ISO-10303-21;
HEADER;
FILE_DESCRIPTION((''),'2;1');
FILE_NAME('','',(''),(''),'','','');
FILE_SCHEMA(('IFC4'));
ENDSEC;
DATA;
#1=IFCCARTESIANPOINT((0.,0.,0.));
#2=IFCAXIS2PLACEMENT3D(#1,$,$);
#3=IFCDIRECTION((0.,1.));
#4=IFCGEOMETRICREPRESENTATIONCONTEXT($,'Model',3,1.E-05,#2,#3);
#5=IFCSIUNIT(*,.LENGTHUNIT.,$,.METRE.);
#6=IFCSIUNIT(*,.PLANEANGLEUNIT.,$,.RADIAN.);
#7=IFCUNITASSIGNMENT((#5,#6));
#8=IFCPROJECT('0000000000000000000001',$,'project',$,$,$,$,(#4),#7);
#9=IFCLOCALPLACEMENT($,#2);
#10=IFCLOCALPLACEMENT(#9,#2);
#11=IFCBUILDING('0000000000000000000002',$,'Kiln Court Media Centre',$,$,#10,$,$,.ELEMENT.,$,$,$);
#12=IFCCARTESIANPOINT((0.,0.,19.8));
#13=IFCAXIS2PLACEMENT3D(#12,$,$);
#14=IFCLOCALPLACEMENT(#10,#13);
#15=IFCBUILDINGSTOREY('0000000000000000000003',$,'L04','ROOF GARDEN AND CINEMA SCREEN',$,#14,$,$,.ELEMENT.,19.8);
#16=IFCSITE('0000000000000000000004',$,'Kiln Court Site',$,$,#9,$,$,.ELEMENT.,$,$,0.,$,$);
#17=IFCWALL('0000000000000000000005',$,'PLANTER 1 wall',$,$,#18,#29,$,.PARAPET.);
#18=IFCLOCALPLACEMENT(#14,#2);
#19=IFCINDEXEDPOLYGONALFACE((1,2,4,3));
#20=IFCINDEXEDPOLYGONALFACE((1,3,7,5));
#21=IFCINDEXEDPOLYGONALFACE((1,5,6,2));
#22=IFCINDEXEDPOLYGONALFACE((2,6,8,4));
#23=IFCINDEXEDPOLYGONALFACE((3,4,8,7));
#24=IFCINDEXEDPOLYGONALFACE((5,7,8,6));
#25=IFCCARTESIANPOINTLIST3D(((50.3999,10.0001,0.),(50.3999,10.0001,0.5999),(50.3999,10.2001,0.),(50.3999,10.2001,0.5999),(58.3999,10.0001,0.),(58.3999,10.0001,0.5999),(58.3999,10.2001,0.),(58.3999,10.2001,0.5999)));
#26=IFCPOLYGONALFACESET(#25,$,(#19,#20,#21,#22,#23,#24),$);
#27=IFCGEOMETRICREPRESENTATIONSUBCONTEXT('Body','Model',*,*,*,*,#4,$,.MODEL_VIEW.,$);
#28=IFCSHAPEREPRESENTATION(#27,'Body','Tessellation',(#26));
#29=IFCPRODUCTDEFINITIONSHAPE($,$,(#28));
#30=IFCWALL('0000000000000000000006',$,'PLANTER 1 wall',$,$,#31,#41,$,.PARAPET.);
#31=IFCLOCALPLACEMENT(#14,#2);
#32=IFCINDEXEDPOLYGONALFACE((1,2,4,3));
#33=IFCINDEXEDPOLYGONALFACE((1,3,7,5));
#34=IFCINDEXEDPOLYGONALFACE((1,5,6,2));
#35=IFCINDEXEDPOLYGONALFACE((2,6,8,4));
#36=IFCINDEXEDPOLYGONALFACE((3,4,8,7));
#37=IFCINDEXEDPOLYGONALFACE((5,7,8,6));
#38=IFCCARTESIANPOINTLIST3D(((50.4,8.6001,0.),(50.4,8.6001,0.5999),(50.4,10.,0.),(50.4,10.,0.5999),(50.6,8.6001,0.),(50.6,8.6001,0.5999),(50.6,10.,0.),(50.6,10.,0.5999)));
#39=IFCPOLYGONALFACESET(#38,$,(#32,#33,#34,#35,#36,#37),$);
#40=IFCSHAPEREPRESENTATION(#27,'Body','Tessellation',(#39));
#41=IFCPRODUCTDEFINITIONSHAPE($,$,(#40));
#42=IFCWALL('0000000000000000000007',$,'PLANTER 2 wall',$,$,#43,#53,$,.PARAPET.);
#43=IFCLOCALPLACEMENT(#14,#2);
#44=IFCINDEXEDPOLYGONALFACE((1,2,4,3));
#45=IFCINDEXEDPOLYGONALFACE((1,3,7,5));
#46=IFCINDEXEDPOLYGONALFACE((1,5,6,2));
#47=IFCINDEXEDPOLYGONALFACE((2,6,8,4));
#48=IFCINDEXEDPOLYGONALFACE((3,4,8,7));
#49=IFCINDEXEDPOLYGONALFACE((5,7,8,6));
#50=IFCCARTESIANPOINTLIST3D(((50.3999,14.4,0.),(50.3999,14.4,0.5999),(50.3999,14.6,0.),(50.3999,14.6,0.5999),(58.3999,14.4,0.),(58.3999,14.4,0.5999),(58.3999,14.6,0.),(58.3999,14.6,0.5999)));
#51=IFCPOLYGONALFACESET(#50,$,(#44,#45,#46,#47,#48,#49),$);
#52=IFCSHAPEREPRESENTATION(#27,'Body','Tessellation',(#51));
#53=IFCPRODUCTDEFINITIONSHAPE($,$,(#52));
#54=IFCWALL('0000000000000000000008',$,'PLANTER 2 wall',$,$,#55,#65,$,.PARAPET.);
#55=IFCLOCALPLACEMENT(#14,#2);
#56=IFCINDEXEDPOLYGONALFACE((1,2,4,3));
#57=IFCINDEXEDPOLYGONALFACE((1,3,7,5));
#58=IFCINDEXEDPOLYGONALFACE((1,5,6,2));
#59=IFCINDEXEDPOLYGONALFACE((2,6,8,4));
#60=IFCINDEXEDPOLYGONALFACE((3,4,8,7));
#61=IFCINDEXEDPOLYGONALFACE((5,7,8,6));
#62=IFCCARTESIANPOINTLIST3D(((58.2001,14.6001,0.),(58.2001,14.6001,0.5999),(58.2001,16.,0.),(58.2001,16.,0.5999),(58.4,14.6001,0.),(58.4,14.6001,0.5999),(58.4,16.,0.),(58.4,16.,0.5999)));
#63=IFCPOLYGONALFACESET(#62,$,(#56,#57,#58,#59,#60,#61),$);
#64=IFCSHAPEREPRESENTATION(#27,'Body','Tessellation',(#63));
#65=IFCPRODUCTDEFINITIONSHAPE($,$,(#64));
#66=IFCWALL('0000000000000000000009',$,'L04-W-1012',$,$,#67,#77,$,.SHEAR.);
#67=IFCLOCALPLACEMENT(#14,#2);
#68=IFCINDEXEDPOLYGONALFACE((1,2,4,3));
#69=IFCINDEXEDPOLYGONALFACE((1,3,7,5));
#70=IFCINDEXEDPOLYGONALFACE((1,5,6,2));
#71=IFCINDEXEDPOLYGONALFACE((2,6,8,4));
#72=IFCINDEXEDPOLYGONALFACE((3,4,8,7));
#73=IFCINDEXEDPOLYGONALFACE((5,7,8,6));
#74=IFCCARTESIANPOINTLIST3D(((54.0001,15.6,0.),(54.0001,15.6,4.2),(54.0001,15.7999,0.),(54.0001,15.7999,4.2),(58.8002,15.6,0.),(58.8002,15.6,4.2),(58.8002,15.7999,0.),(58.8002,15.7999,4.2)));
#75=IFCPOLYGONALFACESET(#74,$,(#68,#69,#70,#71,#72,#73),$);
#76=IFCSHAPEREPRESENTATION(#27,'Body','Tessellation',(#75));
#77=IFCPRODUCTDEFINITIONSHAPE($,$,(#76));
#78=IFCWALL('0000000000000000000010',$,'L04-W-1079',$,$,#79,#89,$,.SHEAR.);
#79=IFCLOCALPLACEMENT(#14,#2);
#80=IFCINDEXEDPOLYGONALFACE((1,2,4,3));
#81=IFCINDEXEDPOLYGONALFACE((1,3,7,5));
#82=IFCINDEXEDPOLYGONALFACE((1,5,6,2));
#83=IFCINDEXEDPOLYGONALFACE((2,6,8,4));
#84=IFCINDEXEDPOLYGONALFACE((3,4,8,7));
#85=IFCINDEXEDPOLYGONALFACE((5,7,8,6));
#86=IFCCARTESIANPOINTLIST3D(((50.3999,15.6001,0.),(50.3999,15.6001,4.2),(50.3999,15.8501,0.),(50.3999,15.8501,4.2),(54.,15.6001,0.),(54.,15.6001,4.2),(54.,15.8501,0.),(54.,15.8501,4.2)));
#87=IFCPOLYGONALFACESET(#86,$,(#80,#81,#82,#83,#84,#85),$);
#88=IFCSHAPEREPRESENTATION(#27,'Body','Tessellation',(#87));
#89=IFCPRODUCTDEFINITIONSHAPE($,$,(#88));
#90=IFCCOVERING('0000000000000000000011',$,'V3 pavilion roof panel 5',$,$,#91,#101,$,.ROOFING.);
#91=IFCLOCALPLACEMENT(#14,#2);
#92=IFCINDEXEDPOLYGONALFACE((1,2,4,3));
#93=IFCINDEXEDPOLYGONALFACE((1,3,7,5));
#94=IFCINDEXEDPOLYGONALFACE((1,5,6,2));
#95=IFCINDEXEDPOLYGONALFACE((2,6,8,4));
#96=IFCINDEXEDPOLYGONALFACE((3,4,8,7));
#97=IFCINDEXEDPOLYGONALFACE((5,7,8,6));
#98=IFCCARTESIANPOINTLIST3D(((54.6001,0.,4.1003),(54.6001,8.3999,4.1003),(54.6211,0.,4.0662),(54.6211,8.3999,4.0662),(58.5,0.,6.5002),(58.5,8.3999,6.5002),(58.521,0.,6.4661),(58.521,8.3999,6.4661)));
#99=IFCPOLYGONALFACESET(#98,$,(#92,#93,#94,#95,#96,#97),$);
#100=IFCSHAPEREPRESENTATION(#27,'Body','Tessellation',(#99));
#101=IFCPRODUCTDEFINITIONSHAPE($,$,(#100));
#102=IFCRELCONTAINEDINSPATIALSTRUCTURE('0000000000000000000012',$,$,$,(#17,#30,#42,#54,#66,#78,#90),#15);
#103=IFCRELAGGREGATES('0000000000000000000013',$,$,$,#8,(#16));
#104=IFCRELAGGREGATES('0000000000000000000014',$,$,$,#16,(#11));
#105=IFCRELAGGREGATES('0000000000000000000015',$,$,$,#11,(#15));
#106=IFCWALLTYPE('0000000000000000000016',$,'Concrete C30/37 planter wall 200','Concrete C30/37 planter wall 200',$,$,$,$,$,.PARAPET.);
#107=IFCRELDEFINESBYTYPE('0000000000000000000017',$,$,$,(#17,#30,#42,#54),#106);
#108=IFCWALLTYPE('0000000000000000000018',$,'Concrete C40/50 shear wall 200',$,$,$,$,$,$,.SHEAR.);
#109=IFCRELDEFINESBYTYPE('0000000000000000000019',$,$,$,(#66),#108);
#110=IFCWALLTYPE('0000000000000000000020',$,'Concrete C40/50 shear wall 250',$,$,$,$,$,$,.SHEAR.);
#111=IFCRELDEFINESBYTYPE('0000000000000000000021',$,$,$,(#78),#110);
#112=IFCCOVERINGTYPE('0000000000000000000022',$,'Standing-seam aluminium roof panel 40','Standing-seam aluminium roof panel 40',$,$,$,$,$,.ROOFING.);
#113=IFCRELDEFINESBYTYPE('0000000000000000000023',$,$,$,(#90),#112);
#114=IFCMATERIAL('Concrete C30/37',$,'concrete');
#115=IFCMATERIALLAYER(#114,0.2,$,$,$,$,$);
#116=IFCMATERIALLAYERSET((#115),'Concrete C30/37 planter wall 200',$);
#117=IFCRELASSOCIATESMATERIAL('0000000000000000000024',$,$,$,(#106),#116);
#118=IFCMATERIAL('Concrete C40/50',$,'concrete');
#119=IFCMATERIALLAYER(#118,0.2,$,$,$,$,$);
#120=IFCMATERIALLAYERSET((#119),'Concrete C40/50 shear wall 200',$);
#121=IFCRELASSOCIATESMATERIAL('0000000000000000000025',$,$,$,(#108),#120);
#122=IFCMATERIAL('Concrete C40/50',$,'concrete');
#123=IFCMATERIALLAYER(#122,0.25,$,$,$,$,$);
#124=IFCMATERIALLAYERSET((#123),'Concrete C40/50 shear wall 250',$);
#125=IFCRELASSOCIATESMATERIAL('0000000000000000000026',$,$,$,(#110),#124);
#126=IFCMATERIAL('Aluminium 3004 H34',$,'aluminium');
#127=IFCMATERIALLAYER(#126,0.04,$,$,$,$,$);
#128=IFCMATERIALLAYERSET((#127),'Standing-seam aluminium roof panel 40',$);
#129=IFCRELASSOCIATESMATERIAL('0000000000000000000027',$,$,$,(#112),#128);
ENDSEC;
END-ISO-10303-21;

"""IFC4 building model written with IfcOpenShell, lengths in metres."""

from ifc_helpers import new_model, si_unit, direction, frame, frame_2d, origin, place, context, subcontext, project, spatial, polyline, rectangle, outline, extrude, material, layer, layer_set, type_object, element, save


model = new_model("IFC4")

# Units and contexts
model_context = context("Model", 3, precision=1e-05, world=origin(), true_north=direction((0.0, 1.0)))
body_context = subcontext(model_context, "Body", "Model", "MODEL_VIEW")
ifc_project = project(units=[si_unit("LENGTHUNIT", "METRE"), si_unit("PLANEANGLEUNIT", "RADIAN")], contexts=[model_context])

# Site, building, storey
site_placement = place(None, origin())
site = spatial("IfcSite", under=ifc_project, at=site_placement, Name="Kiln Court Site", CompositionType="ELEMENT", RefElevation=0.0)
building_placement = place(site_placement, origin())
building = spatial("IfcBuilding", under=site, at=building_placement, Name="Kiln Court Media Centre", CompositionType="ELEMENT")
storey_placement = place(building_placement, frame((0.0, 0.0, 19.8)))
storey = spatial("IfcBuildingStorey", under=building, at=storey_placement, Name="L04", Description="ROOF GARDEN AND CINEMA SCREEN", CompositionType="ELEMENT", Elevation=19.8)

# Walls
ifc_material_1 = material(Name="Concrete C30/37", Category="concrete")
ifc_layer_1 = layer(ifc_material_1, 0.2)
ifc_layer_set_1 = layer_set([ifc_layer_1], Name="Concrete C30/37 planter wall 200")
wall_type_1 = type_object("IfcWallType", Name="Concrete C30/37 planter wall 200", Description="Concrete C30/37 planter wall 200", PredefinedType="PARAPET", material=ifc_layer_set_1)
wall_1_placement = place(storey_placement, frame((58.3999, 10.1001, 0.0), z_axis=(0.0, 0.0, 1.0), x_axis=(-1.0, 0.0, 0.0)))
element("IfcWall", 1, at=wall_1_placement, inside=storey, type_object=wall_type_1, Name="PLANTER 1 wall", PredefinedType="PARAPET", context=body_context, shape_type="SweptSolid", body=[
    extrude(rectangle(XDim=8.0, YDim=0.2, at=frame_2d((4.0, 0.0))), origin(), (0.0, 0.0, 1.0), 0.5999),
])
wall_2_placement = place(storey_placement, frame((50.5, 10.0, 0.0), z_axis=(0.0, 0.0, 1.0), x_axis=(0.0, -1.0, 0.0)))
element("IfcWall", 2, at=wall_2_placement, inside=storey, type_object=wall_type_1, Name="PLANTER 1 wall", PredefinedType="PARAPET", context=body_context, shape_type="SweptSolid", body=[
    extrude(rectangle(XDim=1.3999, YDim=0.2, at=frame_2d((0.7, 0.0))), origin(), (0.0, 0.0, 1.0), 0.5999),
])
wall_3_placement = place(storey_placement, frame((50.3999, 14.5, 0.0), z_axis=(0.0, 0.0, 1.0), x_axis=(1.0, 0.0, 0.0)))
element("IfcWall", 3, at=wall_3_placement, inside=storey, type_object=wall_type_1, Name="PLANTER 2 wall", PredefinedType="PARAPET", context=body_context, shape_type="SweptSolid", body=[
    extrude(rectangle(XDim=8.0, YDim=0.2, at=frame_2d((4.0, 0.0))), origin(), (0.0, 0.0, 1.0), 0.5999),
])
wall_4_placement = place(storey_placement, frame((58.3, 14.6001, 0.0), z_axis=(0.0, 0.0, 1.0), x_axis=(0.0, 1.0, 0.0)))
element("IfcWall", 4, at=wall_4_placement, inside=storey, type_object=wall_type_1, Name="PLANTER 2 wall", PredefinedType="PARAPET", context=body_context, shape_type="SweptSolid", body=[
    extrude(rectangle(XDim=1.3999, YDim=0.2, at=frame_2d((0.7, 0.0))), origin(), (0.0, 0.0, 1.0), 0.5999),
])
ifc_material_2 = material(Name="Concrete C40/50", Category="concrete")
ifc_layer_2 = layer(ifc_material_2, 0.2)
ifc_layer_set_2 = layer_set([ifc_layer_2], Name="Concrete C40/50 shear wall 200")
wall_type_2 = type_object("IfcWallType", Name="Concrete C40/50 shear wall 200", PredefinedType="SHEAR", material=ifc_layer_set_2)
wall_5_placement = place(storey_placement, frame((58.8, 15.7, 0.0), z_axis=(0.0, 0.0, 1.0), x_axis=(-1.0, 0.0, 0.0)))
element("IfcWall", 5, at=wall_5_placement, inside=storey, type_object=wall_type_2, Name="L04-W-1012", PredefinedType="SHEAR", context=body_context, shape_type="SweptSolid", body=[
    extrude(rectangle(XDim=4.8, YDim=0.2, at=frame_2d((2.3999, 0.0))), origin(), (0.0, 0.0, 1.0), 4.2),
])
ifc_material_3 = material(Name="Concrete C40/50", Category="concrete")
ifc_layer_3 = layer(ifc_material_3, 0.25)
ifc_layer_set_3 = layer_set([ifc_layer_3], Name="Concrete C40/50 shear wall 250")
wall_type_3 = type_object("IfcWallType", Name="Concrete C40/50 shear wall 250", PredefinedType="SHEAR", material=ifc_layer_set_3)
wall_6_placement = place(storey_placement, frame((54.0, 15.7251, 0.0), z_axis=(0.0, 0.0, 1.0), x_axis=(-1.0, 0.0, 0.0)))
element("IfcWall", 6, at=wall_6_placement, inside=storey, type_object=wall_type_3, Name="L04-W-1079", PredefinedType="SHEAR", context=body_context, shape_type="SweptSolid", body=[
    extrude(rectangle(XDim=3.6001, YDim=0.25, at=frame_2d((1.8, 0.0))), origin(), (0.0, 0.0, 1.0), 4.2),
])

# Covering
ifc_material_4 = material(Name="Aluminium 3004 H34", Category="aluminium")
ifc_layer_4 = layer(ifc_material_4, 0.04)
ifc_layer_set_4 = layer_set([ifc_layer_4], Name="Standing-seam aluminium roof panel 40")
covering_type = type_object("IfcCoveringType", Name="Standing-seam aluminium roof panel 40", Description="Standing-seam aluminium roof panel 40", PredefinedType="ROOFING", material=ifc_layer_set_4)
covering_placement = place(storey_placement, frame((54.6001, 0.0, 4.1003), z_axis=(-0.524091, 0.0, 0.851662), x_axis=(0.851662, 0.0, 0.524091)))
element("IfcCovering", 7, at=covering_placement, inside=storey, type_object=covering_type, Name="V3 pavilion roof panel 5", PredefinedType="ROOFING", context=body_context, shape_type="SweptSolid", body=[
    extrude(outline(polyline([(0.0, 0.0), (4.5792, 0.0), (4.5792, 8.3999), (0.0, 8.3999), (0.0, 0.0)])), origin(), (0.0, 0.0, -1.0), 0.04),
])

save(model, "model.ifc")
